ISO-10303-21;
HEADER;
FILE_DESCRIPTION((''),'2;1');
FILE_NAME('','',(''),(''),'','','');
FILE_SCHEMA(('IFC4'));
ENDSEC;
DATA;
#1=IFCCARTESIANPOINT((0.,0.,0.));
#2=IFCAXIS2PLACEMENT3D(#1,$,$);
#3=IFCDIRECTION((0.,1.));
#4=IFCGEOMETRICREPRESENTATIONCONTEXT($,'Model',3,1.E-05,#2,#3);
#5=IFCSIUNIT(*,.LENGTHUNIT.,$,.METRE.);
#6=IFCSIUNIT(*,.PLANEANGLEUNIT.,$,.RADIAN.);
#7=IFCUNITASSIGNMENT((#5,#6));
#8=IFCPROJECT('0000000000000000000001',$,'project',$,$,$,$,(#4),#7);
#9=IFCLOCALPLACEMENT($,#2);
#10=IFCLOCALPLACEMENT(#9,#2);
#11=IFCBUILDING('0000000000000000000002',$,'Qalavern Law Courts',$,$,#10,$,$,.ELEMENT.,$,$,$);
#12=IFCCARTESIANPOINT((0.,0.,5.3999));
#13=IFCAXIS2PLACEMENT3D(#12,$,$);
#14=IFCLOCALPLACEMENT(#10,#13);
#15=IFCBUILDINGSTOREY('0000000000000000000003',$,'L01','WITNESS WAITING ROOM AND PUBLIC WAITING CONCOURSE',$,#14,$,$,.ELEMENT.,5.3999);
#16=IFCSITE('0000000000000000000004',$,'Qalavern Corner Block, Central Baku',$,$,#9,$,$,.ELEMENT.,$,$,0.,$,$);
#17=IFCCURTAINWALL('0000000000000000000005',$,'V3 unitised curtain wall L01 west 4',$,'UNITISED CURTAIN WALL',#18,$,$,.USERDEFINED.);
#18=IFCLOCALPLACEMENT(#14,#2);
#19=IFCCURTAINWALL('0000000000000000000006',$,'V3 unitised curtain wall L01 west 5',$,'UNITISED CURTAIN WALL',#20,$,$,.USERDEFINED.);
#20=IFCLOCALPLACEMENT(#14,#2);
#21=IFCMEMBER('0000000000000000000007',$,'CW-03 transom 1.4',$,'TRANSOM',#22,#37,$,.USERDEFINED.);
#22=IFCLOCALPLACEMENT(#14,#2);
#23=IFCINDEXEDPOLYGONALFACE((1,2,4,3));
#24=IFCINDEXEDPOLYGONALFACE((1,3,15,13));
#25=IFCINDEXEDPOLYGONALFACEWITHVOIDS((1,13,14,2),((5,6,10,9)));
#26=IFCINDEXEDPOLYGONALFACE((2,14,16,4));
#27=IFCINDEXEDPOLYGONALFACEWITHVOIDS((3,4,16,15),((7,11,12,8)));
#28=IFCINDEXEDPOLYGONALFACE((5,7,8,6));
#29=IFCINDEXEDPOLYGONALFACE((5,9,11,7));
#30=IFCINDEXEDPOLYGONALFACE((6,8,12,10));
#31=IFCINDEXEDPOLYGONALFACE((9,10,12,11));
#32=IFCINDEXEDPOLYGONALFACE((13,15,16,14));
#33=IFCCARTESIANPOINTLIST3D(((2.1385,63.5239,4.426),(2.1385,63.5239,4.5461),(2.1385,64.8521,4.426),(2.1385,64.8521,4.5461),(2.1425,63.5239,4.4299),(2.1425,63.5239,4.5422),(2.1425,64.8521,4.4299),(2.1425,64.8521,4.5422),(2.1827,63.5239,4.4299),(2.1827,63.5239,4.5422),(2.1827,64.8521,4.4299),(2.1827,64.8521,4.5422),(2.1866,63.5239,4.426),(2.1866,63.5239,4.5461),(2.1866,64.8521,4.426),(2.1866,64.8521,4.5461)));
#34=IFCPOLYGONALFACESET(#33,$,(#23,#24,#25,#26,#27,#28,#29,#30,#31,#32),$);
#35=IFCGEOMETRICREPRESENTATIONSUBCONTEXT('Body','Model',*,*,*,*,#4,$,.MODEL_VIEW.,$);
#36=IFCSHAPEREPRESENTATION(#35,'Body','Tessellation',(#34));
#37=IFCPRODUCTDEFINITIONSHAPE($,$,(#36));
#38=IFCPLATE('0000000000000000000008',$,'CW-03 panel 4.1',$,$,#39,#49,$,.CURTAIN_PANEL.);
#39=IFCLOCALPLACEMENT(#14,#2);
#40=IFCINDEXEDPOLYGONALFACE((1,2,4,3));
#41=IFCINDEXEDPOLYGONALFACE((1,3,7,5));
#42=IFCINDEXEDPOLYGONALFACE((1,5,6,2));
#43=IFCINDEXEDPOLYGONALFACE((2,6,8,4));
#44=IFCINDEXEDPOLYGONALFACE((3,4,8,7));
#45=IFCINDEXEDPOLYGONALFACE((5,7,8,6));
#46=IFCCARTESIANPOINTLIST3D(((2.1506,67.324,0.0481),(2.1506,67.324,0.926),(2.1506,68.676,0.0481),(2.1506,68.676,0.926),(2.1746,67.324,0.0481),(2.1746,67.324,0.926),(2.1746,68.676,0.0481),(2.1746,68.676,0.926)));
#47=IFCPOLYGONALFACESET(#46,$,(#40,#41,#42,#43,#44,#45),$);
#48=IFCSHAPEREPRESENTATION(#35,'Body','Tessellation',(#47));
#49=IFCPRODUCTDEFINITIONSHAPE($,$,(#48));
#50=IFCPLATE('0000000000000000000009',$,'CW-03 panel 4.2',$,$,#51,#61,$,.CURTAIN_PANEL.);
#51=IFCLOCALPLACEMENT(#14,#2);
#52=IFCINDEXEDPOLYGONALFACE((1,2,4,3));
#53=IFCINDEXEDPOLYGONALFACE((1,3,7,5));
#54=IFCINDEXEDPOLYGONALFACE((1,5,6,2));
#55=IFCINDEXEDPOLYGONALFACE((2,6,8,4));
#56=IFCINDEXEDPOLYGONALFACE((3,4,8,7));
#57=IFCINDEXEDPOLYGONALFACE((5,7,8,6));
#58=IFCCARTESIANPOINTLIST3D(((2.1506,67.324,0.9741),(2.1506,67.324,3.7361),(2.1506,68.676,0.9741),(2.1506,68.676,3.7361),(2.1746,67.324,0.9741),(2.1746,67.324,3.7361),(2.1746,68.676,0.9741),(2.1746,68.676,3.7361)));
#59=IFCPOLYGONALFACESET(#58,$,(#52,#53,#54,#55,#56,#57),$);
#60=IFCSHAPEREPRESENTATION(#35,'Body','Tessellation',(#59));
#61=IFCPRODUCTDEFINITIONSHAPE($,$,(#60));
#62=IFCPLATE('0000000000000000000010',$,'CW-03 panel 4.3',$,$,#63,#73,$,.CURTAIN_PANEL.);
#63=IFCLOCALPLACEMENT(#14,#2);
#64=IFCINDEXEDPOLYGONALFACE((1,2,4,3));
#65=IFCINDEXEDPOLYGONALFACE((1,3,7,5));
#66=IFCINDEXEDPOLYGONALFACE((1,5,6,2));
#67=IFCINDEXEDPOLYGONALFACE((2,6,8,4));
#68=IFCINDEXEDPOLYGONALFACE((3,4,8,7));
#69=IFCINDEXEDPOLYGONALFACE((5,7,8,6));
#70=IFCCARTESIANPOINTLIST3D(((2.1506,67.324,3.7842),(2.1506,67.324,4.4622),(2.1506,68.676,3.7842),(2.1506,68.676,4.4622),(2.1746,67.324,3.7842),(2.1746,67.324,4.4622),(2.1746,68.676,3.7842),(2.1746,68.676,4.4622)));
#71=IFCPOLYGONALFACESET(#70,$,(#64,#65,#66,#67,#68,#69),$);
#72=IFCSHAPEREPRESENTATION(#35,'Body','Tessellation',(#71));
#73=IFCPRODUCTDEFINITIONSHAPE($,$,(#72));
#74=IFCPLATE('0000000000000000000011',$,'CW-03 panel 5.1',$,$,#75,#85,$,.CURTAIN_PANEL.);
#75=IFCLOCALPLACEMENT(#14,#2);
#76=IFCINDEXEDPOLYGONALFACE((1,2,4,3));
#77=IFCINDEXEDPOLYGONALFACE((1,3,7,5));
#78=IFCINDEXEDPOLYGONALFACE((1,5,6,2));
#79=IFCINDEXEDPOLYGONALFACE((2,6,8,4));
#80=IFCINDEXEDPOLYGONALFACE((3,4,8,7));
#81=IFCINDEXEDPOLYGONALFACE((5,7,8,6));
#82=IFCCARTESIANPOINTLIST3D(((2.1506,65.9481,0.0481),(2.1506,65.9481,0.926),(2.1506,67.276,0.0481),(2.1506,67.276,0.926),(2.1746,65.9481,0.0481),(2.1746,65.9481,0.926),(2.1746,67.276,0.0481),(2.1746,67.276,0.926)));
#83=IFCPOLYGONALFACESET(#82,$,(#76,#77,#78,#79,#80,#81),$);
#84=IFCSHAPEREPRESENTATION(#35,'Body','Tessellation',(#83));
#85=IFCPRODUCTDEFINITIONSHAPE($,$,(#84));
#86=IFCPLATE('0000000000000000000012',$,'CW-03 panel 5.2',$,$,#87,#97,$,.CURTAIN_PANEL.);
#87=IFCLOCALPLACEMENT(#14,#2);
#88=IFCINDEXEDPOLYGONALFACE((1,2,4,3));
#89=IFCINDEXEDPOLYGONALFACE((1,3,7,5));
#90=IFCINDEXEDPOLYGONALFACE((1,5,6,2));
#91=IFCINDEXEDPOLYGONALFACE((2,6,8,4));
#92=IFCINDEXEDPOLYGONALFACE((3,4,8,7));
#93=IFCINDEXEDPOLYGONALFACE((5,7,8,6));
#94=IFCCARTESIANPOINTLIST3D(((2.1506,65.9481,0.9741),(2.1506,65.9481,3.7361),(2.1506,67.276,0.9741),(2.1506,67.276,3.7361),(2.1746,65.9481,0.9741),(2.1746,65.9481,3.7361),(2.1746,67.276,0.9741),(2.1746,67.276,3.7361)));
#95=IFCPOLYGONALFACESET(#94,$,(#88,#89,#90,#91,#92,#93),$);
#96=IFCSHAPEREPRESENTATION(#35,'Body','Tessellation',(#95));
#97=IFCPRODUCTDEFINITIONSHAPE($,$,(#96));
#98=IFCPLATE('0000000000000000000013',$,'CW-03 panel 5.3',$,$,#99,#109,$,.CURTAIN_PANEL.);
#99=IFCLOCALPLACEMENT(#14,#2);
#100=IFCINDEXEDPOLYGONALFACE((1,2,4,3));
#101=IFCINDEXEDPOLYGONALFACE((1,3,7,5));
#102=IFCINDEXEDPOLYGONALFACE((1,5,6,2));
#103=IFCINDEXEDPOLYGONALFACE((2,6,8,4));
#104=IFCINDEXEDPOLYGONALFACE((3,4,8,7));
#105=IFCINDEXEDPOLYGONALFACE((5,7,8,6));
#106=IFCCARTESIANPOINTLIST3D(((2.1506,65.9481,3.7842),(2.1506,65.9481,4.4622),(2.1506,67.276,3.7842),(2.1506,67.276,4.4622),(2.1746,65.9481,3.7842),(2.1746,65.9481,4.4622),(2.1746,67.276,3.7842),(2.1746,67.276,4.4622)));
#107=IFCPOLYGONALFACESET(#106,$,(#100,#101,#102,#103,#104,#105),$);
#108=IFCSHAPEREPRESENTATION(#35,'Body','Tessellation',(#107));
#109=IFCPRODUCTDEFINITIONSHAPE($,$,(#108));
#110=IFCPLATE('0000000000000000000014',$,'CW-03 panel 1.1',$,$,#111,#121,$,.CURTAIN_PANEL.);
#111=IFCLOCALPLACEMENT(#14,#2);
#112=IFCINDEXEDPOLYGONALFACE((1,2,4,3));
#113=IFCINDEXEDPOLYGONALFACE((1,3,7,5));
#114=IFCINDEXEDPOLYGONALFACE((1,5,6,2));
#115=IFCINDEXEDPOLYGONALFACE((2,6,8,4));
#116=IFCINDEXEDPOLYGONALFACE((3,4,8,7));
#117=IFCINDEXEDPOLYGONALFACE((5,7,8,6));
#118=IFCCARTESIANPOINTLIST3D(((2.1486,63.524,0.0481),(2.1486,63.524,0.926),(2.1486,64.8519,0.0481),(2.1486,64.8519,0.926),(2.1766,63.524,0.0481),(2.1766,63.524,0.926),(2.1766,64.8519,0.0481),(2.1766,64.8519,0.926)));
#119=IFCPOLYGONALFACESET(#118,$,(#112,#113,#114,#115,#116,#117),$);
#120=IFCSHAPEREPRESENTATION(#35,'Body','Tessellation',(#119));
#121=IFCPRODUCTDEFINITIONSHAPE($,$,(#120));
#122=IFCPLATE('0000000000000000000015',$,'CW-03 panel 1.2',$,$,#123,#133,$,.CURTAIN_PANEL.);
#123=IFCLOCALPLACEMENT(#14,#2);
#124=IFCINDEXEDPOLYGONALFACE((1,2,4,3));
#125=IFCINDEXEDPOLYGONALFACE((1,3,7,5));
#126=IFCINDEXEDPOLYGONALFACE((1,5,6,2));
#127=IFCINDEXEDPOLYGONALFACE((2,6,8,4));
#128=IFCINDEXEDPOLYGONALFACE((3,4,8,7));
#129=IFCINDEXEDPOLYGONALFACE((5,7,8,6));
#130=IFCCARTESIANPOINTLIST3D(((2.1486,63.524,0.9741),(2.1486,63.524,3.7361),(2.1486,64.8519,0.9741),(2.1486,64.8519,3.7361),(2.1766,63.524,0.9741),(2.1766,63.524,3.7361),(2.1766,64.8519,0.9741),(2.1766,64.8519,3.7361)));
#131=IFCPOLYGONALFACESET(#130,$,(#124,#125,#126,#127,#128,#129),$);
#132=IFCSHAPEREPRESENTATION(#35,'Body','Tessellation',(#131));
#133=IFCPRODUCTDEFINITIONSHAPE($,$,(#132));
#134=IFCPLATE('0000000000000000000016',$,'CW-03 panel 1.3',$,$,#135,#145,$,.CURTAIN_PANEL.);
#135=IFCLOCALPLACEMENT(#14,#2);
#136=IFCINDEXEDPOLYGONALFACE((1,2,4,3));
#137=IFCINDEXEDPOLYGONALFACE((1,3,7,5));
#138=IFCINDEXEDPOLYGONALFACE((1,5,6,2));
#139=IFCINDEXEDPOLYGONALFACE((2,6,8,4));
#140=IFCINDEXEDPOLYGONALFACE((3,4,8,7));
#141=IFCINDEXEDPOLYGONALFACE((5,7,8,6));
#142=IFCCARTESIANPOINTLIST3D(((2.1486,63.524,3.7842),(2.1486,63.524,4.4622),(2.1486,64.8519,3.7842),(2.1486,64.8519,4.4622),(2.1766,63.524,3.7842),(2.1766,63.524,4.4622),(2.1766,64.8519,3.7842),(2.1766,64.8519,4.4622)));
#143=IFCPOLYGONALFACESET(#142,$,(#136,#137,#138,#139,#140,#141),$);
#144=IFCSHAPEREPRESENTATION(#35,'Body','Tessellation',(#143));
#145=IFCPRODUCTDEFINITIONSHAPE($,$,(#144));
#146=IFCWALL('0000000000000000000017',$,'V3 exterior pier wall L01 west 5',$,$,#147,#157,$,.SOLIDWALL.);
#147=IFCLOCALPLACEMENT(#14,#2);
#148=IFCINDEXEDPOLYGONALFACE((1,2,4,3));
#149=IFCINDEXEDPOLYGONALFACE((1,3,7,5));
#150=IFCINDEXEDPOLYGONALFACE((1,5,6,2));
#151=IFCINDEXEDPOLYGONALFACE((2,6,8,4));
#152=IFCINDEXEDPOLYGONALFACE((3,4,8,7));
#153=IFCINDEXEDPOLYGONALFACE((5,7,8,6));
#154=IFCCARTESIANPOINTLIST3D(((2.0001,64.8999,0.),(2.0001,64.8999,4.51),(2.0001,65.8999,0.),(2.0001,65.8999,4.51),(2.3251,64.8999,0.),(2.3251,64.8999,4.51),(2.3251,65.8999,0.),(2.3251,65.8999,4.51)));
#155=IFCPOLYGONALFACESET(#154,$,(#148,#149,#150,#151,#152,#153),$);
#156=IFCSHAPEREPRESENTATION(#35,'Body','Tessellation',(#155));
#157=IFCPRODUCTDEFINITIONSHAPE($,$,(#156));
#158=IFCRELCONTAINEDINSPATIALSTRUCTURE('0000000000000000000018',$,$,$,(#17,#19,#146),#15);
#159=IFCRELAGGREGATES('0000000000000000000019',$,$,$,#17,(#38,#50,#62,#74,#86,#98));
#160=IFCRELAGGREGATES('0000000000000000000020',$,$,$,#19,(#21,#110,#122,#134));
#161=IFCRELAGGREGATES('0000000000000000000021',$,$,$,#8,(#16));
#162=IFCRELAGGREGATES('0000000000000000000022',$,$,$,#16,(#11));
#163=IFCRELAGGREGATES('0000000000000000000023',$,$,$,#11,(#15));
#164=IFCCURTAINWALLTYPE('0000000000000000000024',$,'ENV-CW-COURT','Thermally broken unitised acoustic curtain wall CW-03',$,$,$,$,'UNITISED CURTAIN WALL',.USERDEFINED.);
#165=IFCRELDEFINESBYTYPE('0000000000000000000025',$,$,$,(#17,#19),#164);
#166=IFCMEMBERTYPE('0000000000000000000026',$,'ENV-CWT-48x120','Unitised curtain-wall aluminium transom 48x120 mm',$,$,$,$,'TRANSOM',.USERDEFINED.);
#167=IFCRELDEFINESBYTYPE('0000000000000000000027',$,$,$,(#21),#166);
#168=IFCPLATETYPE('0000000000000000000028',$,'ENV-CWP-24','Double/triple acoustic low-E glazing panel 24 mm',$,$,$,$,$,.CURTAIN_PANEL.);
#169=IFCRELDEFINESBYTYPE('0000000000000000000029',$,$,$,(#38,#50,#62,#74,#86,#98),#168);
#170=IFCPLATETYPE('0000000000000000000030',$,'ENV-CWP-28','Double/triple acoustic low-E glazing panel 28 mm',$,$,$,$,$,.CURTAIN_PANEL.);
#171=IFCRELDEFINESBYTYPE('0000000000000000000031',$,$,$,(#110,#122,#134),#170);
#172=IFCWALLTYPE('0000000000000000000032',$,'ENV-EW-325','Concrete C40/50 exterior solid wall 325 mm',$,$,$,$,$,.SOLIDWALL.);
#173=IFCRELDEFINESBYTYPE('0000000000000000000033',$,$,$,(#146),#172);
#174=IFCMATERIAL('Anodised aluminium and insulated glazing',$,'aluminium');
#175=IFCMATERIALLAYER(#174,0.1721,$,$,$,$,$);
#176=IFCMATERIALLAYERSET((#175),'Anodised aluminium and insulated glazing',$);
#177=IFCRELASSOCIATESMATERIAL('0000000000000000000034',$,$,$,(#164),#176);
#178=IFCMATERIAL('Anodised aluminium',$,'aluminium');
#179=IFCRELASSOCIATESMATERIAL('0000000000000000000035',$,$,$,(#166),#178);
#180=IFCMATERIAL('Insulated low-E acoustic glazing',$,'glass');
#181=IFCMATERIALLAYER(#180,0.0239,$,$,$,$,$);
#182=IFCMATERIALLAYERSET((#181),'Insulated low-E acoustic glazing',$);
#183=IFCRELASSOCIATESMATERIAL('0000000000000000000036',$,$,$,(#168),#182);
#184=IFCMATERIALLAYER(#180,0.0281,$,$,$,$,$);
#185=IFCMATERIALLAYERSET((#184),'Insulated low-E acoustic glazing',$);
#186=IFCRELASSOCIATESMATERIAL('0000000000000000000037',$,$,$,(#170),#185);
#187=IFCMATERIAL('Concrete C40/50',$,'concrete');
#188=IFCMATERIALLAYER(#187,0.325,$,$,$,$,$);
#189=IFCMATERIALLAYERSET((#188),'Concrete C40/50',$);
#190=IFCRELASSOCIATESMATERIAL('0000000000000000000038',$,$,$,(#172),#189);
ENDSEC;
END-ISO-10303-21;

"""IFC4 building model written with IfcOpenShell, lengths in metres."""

from ifc_helpers import new_model, si_unit, direction, frame, frame_2d, origin, origin_2d, place, context, subcontext, project, spatial, rectangle, hollow_rectangle, extrude, material, layer, layer_set, material_profile, profile_set, type_object, element, aggregate, save


model = new_model("IFC4")

# Units and contexts
model_context = context("Model", 3, precision=1e-05, world=origin(), true_north=direction((0.0, 1.0)))
body_context = subcontext(model_context, "Body", "Model", "MODEL_VIEW")
ifc_project = project(units=[si_unit("LENGTHUNIT", "METRE"), si_unit("PLANEANGLEUNIT", "RADIAN")], contexts=[model_context])

# Site, building, storey
site_placement = place(None, origin())
site = spatial("IfcSite", under=ifc_project, at=site_placement, Name="Qalavern Corner Block, Central Baku", CompositionType="ELEMENT", RefElevation=0.0)
building_placement = place(site_placement, origin())
building = spatial("IfcBuilding", under=site, at=building_placement, Name="Qalavern Law Courts", CompositionType="ELEMENT")
storey_placement = place(building_placement, frame((0.0, 0.0, 5.3999)))
storey = spatial("IfcBuildingStorey", under=building, at=storey_placement, Name="L01", Description="WITNESS WAITING ROOM AND PUBLIC WAITING CONCOURSE", CompositionType="ELEMENT", Elevation=5.3999)

# Curtain walls
ifc_material_1 = material(Name="Anodised aluminium and insulated glazing", Category="aluminium")
ifc_layer_1 = layer(ifc_material_1, 0.1721)
ifc_layer_set_1 = layer_set([ifc_layer_1], Name="Anodised aluminium and insulated glazing")
curtain_wall_type = type_object("IfcCurtainWallType", Name="ENV-CW-COURT", Description="Thermally broken unitised acoustic curtain wall CW-03", ElementType="UNITISED CURTAIN WALL", PredefinedType="USERDEFINED", material=ifc_layer_set_1)
curtain_wall_1_placement = place(storey_placement, origin())
curtain_wall_1 = element("IfcCurtainWall", 1, at=curtain_wall_1_placement, inside=storey, type_object=curtain_wall_type, Name="V3 unitised curtain wall L01 west 4", ObjectType="UNITISED CURTAIN WALL", PredefinedType="USERDEFINED")
ifc_material_2 = material(Name="Anodised aluminium", Category="aluminium")
curtain_wall_2_placement = place(storey_placement, origin())
curtain_wall_2 = element("IfcCurtainWall", 2, at=curtain_wall_2_placement, inside=storey, type_object=curtain_wall_type, Name="V3 unitised curtain wall L01 west 5", ObjectType="UNITISED CURTAIN WALL", PredefinedType="USERDEFINED")

# Member
ifc_material_profile_1 = material_profile(ifc_material_2, hollow_rectangle(XDim=0.0481, YDim=0.1201, WallThickness=0.0039, at=origin_2d()), Name="ALU TRANSOM 48x120")
ifc_profile_set_1 = profile_set([ifc_material_profile_1], Name="Anodised aluminium")
member_type_1 = type_object("IfcMemberType", Name="ENV-CWT-48x120", Description="Unitised curtain-wall aluminium transom 48x120 mm", ElementType="TRANSOM", PredefinedType="USERDEFINED", material=ifc_profile_set_1)
member_1_placement = place(storey_placement, frame((2.1626, 64.8521, 4.4861), z_axis=(0.0, -1.0, 0.0), x_axis=(1.0, 0.0, 0.0)))
member_1 = element("IfcMember", 3, at=member_1_placement, type_object=member_type_1, Name="CW-03 transom 1.4", ObjectType="TRANSOM", PredefinedType="USERDEFINED", context=body_context, shape_type="SweptSolid", body=[
    extrude(hollow_rectangle(XDim=0.0481, YDim=0.1201, WallThickness=0.0039, at=origin_2d()), origin(), (0.0, 0.0, 1.0), 1.3281),
])

# Plates
ifc_material_3 = material(Name="Insulated low-E acoustic glazing", Category="glass")
ifc_layer_2 = layer(ifc_material_3, 0.0239)
ifc_layer_set_2 = layer_set([ifc_layer_2], Name="Insulated low-E acoustic glazing")
plate_type_1 = type_object("IfcPlateType", Name="ENV-CWP-24", Description="Double/triple acoustic low-E glazing panel 24 mm", PredefinedType="CURTAIN_PANEL", material=ifc_layer_set_2)
plate_1_placement = place(storey_placement, frame((2.1626, 68.0, 0.0481), z_axis=(0.0, 0.0, 1.0), x_axis=(0.0, -1.0, 0.0)))
plate_1 = element("IfcPlate", 4, at=plate_1_placement, type_object=plate_type_1, Name="CW-03 panel 4.1", PredefinedType="CURTAIN_PANEL", context=body_context, shape_type="SweptSolid", body=[
    extrude(rectangle(XDim=1.3521, YDim=0.0239, at=origin_2d()), origin(), (0.0, 0.0, 1.0), 0.8779),
])
plate_2_placement = place(storey_placement, frame((2.1626, 68.0, 0.9741), z_axis=(0.0, 0.0, 1.0), x_axis=(0.0, -1.0, 0.0)))
plate_2 = element("IfcPlate", 5, at=plate_2_placement, type_object=plate_type_1, Name="CW-03 panel 4.2", PredefinedType="CURTAIN_PANEL", context=body_context, shape_type="SweptSolid", body=[
    extrude(rectangle(XDim=1.3521, YDim=0.0239, at=origin_2d()), origin(), (0.0, 0.0, 1.0), 2.762),
])
plate_3_placement = place(storey_placement, frame((2.1626, 68.0, 3.7842), z_axis=(0.0, 0.0, 1.0), x_axis=(0.0, -1.0, 0.0)))
plate_3 = element("IfcPlate", 6, at=plate_3_placement, type_object=plate_type_1, Name="CW-03 panel 4.3", PredefinedType="CURTAIN_PANEL", context=body_context, shape_type="SweptSolid", body=[
    extrude(rectangle(XDim=1.3521, YDim=0.0239, at=origin_2d()), origin(), (0.0, 0.0, 1.0), 0.678),
])
plate_4_placement = place(storey_placement, frame((2.1626, 66.6121, 0.0481), z_axis=(0.0, 0.0, 1.0), x_axis=(0.0, -1.0, 0.0)))
plate_4 = element("IfcPlate", 7, at=plate_4_placement, type_object=plate_type_1, Name="CW-03 panel 5.1", PredefinedType="CURTAIN_PANEL", context=body_context, shape_type="SweptSolid", body=[
    extrude(rectangle(XDim=1.3279, YDim=0.0239, at=origin_2d()), origin(), (0.0, 0.0, 1.0), 0.8779),
])
plate_5_placement = place(storey_placement, frame((2.1626, 66.6121, 0.9741), z_axis=(0.0, 0.0, 1.0), x_axis=(0.0, -1.0, 0.0)))
plate_5 = element("IfcPlate", 8, at=plate_5_placement, type_object=plate_type_1, Name="CW-03 panel 5.2", PredefinedType="CURTAIN_PANEL", context=body_context, shape_type="SweptSolid", body=[
    extrude(rectangle(XDim=1.3279, YDim=0.0239, at=origin_2d()), origin(), (0.0, 0.0, 1.0), 2.762),
])
plate_6_placement = place(storey_placement, frame((2.1626, 66.6121, 3.7842), z_axis=(0.0, 0.0, 1.0), x_axis=(0.0, -1.0, 0.0)))
plate_6 = element("IfcPlate", 9, at=plate_6_placement, type_object=plate_type_1, Name="CW-03 panel 5.3", PredefinedType="CURTAIN_PANEL", context=body_context, shape_type="SweptSolid", body=[
    extrude(rectangle(XDim=1.3279, YDim=0.0239, at=origin_2d()), origin(), (0.0, 0.0, 1.0), 0.678),
])
aggregate(curtain_wall_1, [plate_1, plate_2, plate_3, plate_4, plate_5, plate_6])
ifc_layer_3 = layer(ifc_material_3, 0.0281)
ifc_layer_set_3 = layer_set([ifc_layer_3], Name="Insulated low-E acoustic glazing")
plate_type_2 = type_object("IfcPlateType", Name="ENV-CWP-28", Description="Double/triple acoustic low-E glazing panel 28 mm", PredefinedType="CURTAIN_PANEL", material=ifc_layer_set_3)
plate_7_placement = place(storey_placement, frame((2.1626, 64.188, 0.0481), z_axis=(0.0, 0.0, 1.0), x_axis=(0.0, -1.0, 0.0)))
plate_7 = element("IfcPlate", 10, at=plate_7_placement, type_object=plate_type_2, Name="CW-03 panel 1.1", PredefinedType="CURTAIN_PANEL", context=body_context, shape_type="SweptSolid", body=[
    extrude(rectangle(XDim=1.3279, YDim=0.0281, at=origin_2d()), origin(), (0.0, 0.0, 1.0), 0.8779),
])
plate_8_placement = place(storey_placement, frame((2.1626, 64.188, 0.9741), z_axis=(0.0, 0.0, 1.0), x_axis=(0.0, -1.0, 0.0)))
plate_8 = element("IfcPlate", 11, at=plate_8_placement, type_object=plate_type_2, Name="CW-03 panel 1.2", PredefinedType="CURTAIN_PANEL", context=body_context, shape_type="SweptSolid", body=[
    extrude(rectangle(XDim=1.3279, YDim=0.0281, at=origin_2d()), origin(), (0.0, 0.0, 1.0), 2.762),
])
plate_9_placement = place(storey_placement, frame((2.1626, 64.188, 3.7842), z_axis=(0.0, 0.0, 1.0), x_axis=(0.0, -1.0, 0.0)))
plate_9 = element("IfcPlate", 12, at=plate_9_placement, type_object=plate_type_2, Name="CW-03 panel 1.3", PredefinedType="CURTAIN_PANEL", context=body_context, shape_type="SweptSolid", body=[
    extrude(rectangle(XDim=1.3279, YDim=0.0281, at=origin_2d()), origin(), (0.0, 0.0, 1.0), 0.678),
])
aggregate(curtain_wall_2, [member_1, plate_7, plate_8, plate_9])

# Wall
ifc_material_4 = material(Name="Concrete C40/50", Category="concrete")
ifc_layer_4 = layer(ifc_material_4, 0.325)
ifc_layer_set_4 = layer_set([ifc_layer_4], Name="Concrete C40/50")
wall_type = type_object("IfcWallType", Name="ENV-EW-325", Description="Concrete C40/50 exterior solid wall 325 mm", PredefinedType="SOLIDWALL", material=ifc_layer_set_4)
wall_placement = place(storey_placement, frame((2.1626, 65.8999, 0.0), z_axis=(0.0, 0.0, 1.0), x_axis=(0.0, -1.0, 0.0)))
element("IfcWall", 13, at=wall_placement, inside=storey, type_object=wall_type, Name="V3 exterior pier wall L01 west 5", PredefinedType="SOLIDWALL", context=body_context, shape_type="SweptSolid", body=[
    extrude(rectangle(XDim=1.0, YDim=0.325, at=frame_2d((0.5, 0.0))), origin(), (0.0, 0.0, 1.0), 4.51),
])

save(model, "model.ifc")
